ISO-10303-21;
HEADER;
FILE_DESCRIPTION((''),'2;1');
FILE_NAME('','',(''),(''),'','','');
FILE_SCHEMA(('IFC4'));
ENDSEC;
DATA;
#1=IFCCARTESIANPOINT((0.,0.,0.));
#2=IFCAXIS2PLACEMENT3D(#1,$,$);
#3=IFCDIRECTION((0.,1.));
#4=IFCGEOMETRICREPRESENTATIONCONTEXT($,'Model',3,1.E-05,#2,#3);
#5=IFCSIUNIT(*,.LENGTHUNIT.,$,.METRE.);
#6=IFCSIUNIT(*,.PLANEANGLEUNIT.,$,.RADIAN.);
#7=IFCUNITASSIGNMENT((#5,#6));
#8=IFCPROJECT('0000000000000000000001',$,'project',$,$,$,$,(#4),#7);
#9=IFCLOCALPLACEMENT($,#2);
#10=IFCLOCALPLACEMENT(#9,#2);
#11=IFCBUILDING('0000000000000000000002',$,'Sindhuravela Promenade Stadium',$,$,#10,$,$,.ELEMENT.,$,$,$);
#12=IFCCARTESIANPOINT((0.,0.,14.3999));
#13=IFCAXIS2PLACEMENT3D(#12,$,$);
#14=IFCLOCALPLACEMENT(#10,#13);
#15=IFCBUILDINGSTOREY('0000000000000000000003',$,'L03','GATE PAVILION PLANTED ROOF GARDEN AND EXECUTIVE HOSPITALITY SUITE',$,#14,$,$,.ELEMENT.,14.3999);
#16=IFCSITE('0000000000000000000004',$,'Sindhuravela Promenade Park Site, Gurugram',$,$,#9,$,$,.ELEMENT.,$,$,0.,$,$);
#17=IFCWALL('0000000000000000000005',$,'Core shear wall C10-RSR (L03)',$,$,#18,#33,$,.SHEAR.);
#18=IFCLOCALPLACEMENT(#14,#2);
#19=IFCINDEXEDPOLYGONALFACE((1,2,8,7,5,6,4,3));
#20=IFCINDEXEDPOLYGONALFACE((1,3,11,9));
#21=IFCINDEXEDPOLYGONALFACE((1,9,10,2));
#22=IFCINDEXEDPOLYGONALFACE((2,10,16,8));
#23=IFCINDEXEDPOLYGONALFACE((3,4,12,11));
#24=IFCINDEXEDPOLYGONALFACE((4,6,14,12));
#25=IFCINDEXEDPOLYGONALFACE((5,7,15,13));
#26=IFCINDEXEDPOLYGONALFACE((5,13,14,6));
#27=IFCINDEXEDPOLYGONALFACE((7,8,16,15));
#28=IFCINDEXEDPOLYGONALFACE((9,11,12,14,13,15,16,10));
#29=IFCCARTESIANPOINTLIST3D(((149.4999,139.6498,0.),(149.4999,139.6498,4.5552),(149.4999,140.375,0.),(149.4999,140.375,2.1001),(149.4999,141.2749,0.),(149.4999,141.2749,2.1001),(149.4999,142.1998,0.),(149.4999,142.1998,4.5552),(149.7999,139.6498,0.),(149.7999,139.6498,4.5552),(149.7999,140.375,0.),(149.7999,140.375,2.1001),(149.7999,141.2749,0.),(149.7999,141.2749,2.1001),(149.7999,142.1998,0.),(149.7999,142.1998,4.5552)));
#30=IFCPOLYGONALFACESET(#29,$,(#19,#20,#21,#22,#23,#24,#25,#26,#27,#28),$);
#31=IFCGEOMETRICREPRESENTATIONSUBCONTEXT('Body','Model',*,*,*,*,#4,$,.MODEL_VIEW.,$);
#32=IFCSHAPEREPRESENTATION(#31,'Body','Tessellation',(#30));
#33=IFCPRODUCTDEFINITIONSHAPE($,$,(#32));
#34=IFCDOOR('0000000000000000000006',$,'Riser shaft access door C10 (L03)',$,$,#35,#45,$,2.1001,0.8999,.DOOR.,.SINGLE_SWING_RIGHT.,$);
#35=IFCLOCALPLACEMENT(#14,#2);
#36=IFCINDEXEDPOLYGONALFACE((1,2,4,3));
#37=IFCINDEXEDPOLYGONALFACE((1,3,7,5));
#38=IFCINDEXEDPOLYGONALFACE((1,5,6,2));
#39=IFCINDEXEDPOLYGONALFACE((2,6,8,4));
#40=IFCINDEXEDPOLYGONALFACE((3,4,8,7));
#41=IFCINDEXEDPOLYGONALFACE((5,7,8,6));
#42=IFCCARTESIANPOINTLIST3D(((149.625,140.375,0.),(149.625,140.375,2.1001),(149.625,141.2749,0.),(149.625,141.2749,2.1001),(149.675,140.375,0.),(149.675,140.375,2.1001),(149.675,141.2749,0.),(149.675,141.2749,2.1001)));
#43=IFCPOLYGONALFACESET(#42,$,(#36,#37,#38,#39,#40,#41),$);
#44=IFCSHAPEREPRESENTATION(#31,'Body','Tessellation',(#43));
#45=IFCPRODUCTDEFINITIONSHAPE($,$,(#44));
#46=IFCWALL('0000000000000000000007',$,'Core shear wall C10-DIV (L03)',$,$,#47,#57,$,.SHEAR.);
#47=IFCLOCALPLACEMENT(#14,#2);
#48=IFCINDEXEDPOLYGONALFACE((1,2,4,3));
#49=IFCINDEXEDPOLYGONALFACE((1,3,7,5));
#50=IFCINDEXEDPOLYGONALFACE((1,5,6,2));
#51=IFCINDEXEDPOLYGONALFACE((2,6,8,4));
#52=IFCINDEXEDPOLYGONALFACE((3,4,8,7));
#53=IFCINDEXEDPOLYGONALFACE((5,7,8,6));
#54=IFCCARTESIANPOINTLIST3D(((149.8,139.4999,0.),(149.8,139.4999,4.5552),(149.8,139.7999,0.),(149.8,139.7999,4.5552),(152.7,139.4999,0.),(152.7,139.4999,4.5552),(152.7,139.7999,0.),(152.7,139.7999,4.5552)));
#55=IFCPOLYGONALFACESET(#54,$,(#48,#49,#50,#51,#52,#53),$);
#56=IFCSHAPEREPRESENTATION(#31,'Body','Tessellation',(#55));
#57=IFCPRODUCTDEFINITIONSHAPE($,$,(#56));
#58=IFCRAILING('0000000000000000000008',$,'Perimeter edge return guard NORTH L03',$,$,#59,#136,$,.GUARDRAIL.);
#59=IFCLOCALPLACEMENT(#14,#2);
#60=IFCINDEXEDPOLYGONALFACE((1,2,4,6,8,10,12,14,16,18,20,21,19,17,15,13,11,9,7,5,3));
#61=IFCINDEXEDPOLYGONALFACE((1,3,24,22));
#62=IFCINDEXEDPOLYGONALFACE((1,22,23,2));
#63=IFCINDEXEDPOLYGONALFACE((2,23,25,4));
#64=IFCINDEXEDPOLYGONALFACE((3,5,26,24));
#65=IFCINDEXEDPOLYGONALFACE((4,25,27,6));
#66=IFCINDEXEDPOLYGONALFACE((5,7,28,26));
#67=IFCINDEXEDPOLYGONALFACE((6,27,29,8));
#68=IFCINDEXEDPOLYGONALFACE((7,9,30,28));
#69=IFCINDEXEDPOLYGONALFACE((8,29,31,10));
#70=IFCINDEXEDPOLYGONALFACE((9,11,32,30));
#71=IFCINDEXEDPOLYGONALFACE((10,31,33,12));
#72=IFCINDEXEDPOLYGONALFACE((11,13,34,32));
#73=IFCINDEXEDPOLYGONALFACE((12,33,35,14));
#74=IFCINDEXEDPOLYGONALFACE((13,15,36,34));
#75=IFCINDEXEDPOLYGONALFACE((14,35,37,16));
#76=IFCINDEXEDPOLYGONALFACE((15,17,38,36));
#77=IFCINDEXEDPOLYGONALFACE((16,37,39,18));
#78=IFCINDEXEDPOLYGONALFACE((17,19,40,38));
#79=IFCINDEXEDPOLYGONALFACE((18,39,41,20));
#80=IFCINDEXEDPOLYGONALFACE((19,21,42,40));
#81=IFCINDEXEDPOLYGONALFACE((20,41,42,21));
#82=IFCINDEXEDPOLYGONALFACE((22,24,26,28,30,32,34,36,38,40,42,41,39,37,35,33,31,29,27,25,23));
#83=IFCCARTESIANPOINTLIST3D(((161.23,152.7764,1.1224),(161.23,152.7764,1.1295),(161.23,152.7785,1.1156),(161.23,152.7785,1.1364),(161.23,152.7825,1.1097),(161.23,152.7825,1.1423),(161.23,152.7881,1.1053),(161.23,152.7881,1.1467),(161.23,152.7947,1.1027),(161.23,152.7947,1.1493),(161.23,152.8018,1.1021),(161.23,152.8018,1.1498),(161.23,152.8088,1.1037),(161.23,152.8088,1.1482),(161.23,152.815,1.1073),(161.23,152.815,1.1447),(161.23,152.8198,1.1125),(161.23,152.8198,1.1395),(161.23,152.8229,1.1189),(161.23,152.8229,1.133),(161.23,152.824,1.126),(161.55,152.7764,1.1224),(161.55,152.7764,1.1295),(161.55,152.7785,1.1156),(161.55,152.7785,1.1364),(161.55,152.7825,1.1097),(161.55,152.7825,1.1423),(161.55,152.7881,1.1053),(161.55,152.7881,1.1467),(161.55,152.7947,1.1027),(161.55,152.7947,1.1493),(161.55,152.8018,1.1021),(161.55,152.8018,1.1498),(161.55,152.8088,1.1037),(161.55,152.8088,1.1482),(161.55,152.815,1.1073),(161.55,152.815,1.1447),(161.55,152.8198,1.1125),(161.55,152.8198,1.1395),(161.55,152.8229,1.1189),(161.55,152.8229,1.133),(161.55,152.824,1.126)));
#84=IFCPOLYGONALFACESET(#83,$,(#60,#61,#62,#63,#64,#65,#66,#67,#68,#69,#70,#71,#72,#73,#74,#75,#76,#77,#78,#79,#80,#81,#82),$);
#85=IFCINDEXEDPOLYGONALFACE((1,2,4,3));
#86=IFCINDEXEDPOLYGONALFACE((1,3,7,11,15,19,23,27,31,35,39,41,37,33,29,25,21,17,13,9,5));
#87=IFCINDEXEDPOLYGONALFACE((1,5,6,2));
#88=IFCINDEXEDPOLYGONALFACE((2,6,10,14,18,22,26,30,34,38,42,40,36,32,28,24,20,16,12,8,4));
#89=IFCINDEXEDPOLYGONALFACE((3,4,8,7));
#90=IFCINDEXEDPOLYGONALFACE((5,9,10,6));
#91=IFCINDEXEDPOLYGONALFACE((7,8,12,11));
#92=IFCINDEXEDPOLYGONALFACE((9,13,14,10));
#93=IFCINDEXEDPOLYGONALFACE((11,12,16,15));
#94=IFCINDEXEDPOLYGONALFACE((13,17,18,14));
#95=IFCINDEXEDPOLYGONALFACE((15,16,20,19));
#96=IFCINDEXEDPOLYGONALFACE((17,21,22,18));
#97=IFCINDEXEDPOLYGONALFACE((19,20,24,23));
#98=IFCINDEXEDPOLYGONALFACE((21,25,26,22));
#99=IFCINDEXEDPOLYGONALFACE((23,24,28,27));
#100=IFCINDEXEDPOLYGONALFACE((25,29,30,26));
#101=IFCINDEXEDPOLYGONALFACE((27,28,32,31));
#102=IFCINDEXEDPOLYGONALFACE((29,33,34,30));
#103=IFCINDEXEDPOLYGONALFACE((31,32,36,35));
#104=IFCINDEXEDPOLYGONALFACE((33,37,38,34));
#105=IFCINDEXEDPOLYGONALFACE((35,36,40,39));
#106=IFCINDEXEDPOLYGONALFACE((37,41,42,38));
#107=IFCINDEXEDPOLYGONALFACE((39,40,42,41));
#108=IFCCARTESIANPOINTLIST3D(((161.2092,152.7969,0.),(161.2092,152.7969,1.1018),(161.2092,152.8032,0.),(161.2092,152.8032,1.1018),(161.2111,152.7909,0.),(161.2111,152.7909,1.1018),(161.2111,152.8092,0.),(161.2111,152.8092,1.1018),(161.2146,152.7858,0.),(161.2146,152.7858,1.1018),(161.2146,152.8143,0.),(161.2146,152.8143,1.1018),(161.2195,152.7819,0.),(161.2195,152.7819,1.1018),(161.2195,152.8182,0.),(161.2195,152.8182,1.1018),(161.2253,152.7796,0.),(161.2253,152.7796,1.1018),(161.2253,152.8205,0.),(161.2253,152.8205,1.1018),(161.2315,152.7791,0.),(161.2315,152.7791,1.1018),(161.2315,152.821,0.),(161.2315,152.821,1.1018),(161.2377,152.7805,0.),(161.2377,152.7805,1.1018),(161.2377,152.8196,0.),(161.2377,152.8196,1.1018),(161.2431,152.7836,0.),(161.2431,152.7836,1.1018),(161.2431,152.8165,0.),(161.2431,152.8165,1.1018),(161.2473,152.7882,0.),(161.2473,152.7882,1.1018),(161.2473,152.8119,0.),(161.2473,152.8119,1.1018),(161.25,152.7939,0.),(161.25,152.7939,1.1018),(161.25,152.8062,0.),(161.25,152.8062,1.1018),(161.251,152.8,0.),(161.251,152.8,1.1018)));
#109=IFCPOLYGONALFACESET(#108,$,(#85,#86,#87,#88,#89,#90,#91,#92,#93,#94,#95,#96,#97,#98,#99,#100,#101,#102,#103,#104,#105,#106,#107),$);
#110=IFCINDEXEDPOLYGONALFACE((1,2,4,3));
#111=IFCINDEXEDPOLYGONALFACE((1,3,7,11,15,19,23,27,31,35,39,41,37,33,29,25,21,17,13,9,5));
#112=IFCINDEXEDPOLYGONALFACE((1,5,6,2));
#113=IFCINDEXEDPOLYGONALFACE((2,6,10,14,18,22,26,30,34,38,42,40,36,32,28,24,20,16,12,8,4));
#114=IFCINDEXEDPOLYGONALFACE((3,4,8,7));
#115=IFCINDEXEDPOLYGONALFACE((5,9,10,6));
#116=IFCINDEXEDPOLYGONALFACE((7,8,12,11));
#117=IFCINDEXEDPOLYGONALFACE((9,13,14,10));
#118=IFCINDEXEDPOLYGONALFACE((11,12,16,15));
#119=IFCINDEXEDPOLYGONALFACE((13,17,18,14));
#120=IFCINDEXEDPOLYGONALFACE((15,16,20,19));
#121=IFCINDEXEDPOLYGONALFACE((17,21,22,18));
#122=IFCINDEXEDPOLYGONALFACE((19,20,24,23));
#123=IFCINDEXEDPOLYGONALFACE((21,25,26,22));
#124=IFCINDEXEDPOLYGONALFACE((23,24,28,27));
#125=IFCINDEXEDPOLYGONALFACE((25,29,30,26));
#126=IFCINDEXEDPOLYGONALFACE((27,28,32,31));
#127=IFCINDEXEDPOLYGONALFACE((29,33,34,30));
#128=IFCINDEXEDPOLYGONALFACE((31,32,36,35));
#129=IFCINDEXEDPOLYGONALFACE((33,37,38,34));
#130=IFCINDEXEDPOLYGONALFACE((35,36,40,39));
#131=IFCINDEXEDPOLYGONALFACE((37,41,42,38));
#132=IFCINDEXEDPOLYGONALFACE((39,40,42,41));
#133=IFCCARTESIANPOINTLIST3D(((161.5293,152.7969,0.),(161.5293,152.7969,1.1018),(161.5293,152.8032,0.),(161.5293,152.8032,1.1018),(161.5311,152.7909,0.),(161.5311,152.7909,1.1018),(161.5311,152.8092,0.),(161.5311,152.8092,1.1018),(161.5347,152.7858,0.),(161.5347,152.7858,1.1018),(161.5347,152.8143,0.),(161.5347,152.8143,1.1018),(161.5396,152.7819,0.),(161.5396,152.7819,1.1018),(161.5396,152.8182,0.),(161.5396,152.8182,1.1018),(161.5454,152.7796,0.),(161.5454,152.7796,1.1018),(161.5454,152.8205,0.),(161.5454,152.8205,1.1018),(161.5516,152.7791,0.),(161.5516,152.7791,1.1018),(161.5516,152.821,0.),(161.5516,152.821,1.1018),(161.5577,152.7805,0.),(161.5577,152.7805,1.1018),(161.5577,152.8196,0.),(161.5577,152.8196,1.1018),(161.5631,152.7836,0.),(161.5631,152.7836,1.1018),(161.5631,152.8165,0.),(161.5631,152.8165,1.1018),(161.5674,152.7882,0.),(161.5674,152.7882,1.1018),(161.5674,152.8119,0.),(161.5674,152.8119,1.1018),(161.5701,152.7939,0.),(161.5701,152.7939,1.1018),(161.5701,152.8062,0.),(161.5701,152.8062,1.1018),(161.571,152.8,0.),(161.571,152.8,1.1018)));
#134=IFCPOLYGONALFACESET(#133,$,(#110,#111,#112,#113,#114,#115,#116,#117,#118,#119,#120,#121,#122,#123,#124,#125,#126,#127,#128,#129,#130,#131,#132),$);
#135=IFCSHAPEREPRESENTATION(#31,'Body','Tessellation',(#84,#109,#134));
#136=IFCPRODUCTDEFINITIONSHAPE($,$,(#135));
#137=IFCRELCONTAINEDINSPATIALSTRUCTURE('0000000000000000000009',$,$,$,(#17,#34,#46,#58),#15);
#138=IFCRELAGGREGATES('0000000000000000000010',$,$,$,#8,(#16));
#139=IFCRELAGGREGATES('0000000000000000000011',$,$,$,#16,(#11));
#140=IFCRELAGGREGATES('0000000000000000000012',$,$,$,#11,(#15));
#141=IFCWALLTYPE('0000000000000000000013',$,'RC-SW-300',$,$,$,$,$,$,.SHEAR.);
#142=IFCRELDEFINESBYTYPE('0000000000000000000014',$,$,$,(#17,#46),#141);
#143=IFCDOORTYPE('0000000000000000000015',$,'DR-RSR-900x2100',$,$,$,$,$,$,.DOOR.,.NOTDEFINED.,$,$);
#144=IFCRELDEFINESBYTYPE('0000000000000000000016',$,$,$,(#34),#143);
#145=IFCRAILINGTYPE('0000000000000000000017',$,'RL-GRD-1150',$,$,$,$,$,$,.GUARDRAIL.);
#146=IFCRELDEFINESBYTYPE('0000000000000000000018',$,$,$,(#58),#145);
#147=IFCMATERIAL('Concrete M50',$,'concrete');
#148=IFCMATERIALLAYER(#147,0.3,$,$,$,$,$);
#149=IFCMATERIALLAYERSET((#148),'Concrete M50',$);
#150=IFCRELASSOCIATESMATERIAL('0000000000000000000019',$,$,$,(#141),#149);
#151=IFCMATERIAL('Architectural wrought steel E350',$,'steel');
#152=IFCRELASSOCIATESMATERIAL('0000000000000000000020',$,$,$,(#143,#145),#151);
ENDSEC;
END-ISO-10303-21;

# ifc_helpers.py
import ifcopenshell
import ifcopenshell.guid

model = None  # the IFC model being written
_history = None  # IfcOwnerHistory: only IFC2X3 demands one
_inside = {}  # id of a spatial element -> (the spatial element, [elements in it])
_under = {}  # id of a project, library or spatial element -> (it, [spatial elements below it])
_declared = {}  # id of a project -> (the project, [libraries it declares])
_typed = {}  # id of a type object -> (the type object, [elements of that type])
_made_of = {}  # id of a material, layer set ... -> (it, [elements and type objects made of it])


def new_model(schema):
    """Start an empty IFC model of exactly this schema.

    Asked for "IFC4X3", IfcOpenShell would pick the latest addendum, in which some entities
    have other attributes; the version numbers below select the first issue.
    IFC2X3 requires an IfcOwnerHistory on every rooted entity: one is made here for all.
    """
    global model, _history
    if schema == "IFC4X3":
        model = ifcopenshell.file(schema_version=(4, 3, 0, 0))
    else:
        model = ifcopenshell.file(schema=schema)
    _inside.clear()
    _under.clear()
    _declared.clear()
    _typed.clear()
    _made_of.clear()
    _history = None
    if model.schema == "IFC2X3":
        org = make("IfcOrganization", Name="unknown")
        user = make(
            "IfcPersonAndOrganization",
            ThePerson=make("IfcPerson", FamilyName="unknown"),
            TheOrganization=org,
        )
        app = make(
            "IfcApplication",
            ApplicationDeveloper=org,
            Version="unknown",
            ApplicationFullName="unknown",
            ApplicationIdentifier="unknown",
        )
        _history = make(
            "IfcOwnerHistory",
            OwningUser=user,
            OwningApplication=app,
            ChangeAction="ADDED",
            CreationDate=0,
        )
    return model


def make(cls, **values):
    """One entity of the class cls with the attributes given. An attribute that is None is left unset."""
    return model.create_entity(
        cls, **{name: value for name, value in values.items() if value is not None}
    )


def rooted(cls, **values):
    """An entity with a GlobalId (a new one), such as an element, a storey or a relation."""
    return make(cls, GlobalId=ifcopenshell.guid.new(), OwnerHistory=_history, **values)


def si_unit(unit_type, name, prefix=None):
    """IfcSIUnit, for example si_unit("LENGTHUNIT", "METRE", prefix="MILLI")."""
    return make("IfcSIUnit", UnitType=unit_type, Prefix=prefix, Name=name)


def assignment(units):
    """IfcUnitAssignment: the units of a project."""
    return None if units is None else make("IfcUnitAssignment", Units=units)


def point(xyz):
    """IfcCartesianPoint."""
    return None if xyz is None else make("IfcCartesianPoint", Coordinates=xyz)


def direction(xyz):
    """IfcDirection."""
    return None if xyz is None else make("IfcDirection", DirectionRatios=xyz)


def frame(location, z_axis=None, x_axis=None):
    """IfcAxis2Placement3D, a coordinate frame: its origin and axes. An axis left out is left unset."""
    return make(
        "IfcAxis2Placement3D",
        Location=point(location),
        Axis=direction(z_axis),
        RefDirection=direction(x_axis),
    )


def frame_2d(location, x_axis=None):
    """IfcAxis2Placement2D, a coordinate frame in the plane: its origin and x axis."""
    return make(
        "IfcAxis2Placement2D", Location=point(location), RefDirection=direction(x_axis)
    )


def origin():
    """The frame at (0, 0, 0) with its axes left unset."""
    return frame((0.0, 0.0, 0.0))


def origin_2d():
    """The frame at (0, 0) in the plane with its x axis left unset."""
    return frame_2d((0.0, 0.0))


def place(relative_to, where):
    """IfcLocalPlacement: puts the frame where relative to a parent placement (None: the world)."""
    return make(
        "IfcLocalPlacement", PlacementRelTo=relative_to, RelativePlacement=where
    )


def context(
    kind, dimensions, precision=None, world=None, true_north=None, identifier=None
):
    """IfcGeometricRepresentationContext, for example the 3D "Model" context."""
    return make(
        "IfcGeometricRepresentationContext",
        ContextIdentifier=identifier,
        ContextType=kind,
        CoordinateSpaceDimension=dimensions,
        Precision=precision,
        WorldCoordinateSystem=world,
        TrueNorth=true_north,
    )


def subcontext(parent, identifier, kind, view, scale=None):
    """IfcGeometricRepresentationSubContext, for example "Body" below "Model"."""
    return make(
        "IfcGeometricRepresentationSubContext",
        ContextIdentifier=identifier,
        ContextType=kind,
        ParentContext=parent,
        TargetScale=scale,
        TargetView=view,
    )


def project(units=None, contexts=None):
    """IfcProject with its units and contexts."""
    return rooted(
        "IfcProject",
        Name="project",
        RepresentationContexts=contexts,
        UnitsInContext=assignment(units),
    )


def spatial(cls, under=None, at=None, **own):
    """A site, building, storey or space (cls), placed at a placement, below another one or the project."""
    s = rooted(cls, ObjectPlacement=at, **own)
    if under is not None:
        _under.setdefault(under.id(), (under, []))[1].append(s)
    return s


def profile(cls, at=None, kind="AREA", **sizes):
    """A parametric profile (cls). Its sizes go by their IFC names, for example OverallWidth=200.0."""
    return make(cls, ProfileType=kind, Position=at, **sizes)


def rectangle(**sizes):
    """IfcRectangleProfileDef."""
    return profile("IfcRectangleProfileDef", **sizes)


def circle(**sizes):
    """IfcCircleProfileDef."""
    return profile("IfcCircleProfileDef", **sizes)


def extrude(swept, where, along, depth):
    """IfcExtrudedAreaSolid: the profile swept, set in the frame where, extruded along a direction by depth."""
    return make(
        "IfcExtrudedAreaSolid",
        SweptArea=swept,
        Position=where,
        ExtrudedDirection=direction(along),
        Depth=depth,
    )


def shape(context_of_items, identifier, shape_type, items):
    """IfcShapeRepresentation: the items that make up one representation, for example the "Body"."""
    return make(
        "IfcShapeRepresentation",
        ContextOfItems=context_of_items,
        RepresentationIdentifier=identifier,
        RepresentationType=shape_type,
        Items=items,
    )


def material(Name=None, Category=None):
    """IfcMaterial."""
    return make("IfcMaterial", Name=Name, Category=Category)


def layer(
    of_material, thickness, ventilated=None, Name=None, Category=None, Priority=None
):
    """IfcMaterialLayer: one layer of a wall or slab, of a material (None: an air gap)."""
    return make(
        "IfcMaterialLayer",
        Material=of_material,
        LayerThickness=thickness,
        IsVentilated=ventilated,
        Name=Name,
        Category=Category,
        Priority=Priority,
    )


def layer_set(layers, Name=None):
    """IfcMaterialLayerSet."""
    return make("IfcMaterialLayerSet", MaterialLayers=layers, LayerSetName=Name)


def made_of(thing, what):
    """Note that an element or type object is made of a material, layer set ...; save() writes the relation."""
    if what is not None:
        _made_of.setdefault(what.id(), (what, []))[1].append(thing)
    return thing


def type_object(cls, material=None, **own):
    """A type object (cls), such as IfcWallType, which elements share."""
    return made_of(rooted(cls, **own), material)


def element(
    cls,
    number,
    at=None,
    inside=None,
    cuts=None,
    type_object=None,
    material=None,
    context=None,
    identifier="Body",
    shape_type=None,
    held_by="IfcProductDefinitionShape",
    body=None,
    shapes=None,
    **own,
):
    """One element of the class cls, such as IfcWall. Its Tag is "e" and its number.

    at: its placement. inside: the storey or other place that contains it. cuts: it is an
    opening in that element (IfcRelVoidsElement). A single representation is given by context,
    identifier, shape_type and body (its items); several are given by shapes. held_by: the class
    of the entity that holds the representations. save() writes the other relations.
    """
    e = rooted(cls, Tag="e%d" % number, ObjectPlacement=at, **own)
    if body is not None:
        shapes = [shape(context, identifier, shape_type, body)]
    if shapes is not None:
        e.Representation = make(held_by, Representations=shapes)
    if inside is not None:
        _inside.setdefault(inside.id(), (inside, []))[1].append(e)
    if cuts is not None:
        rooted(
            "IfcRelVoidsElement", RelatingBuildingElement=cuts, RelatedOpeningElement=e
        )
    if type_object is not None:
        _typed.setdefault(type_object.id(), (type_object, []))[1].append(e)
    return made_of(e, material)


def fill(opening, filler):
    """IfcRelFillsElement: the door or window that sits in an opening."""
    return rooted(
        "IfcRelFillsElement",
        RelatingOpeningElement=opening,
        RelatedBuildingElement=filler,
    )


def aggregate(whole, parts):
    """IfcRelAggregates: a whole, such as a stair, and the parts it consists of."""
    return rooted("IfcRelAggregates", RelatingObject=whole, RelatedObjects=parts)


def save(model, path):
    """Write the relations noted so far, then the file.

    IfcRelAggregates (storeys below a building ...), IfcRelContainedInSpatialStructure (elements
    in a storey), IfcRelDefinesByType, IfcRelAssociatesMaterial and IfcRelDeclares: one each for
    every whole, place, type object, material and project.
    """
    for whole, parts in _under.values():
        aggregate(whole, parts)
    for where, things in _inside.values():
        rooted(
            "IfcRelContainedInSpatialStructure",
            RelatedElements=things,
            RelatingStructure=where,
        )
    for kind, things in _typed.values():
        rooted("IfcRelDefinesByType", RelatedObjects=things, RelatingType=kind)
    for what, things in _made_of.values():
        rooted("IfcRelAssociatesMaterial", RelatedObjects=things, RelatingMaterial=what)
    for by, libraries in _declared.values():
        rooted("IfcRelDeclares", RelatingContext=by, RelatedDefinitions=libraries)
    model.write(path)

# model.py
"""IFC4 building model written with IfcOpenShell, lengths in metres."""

from ifc_helpers import new_model, si_unit, direction, frame, frame_2d, origin, origin_2d, place, context, subcontext, project, spatial, rectangle, circle, extrude, material, layer, layer_set, type_object, element, fill, save


model = new_model("IFC4")

# Units and contexts
model_context = context("Model", 3, precision=1e-05, world=origin(), true_north=direction((0.0, 1.0)))
body_context = subcontext(model_context, "Body", "Model", "MODEL_VIEW")
ifc_project = project(units=[si_unit("LENGTHUNIT", "METRE"), si_unit("PLANEANGLEUNIT", "RADIAN")], contexts=[model_context])

# Site, building, storey
site_placement = place(None, origin())
site = spatial("IfcSite", under=ifc_project, at=site_placement, Name="Sindhuravela Promenade Park Site, Gurugram", CompositionType="ELEMENT", RefElevation=0.0)
building_placement = place(site_placement, origin())
building = spatial("IfcBuilding", under=site, at=building_placement, Name="Sindhuravela Promenade Stadium", CompositionType="ELEMENT")
storey_placement = place(building_placement, frame((0.0, 0.0, 14.3999)))
storey = spatial("IfcBuildingStorey", under=building, at=storey_placement, Name="L03", Description="GATE PAVILION PLANTED ROOF GARDEN AND EXECUTIVE HOSPITALITY SUITE", CompositionType="ELEMENT", Elevation=14.3999)

# Shared definitions
ifc_material_1 = material(Name="Concrete M50", Category="concrete")
ifc_layer_1 = layer(ifc_material_1, 0.3)
ifc_layer_set_1 = layer_set([ifc_layer_1], Name="Concrete M50")
wall_type_1 = type_object("IfcWallType", Name="RC-SW-300", PredefinedType="SHEAR", material=ifc_layer_set_1)
ifc_material_2 = material(Name="Architectural wrought steel E350", Category="steel")

# Wall, opening, door
wall_1_placement = place(storey_placement, frame((149.6499, 139.6499, 0.0), z_axis=(0.0, 0.0, 1.0), x_axis=(0.0, 1.0, 0.0)))
wall_1 = element("IfcWall", 1, at=wall_1_placement, inside=storey, type_object=wall_type_1, Name="Core shear wall C10-RSR (L03)", PredefinedType="SHEAR", context=body_context, shape_type="SweptSolid", body=[
    extrude(rectangle(XDim=2.55, YDim=0.3, at=frame_2d((1.2749, 0.0))), origin(), (0.0, 0.0, 1.0), 4.5552),
])
opening_1_placement = place(wall_1_placement, frame((0.7251, 0.0, 0.0)))
opening_1 = element("IfcOpeningElement", 2, at=opening_1_placement, cuts=wall_1, PredefinedType="OPENING", context=body_context, shape_type="SweptSolid", body=[
    extrude(rectangle(XDim=0.8999, YDim=2.1001, at=frame_2d((0.45, 1.05))), frame((0.0, 0.1599, 0.0), z_axis=(0.0, -1.0, 0.0), x_axis=(1.0, 0.0, 0.0)), (0.0, 0.0, 1.0), 0.3201),
])
door_type_1 = type_object("IfcDoorType", Name="DR-RSR-900x2100", OperationType="NOTDEFINED", PredefinedType="DOOR", material=ifc_material_2)
door_1_placement = place(opening_1_placement, origin())
door_1 = element("IfcDoor", 3, at=door_1_placement, inside=storey, type_object=door_type_1, Name="Riser shaft access door C10 (L03)", OperationType="SINGLE_SWING_RIGHT", OverallHeight=2.1001, OverallWidth=0.8999, PredefinedType="DOOR", context=body_context, shape_type="SweptSolid", body=[
    extrude(rectangle(XDim=0.8999, YDim=2.1001, at=frame_2d((0.45, 1.05))), frame((0.0, 0.0249, 0.0), z_axis=(0.0, -1.0, 0.0), x_axis=(1.0, 0.0, 0.0)), (0.0, 0.0, 1.0), 0.05),
])
fill(opening_1, door_1)

# Wall
wall_2_placement = place(storey_placement, frame((149.8, 139.6499, 0.0), z_axis=(0.0, 0.0, 1.0), x_axis=(1.0, 0.0, 0.0)))
element("IfcWall", 4, at=wall_2_placement, inside=storey, type_object=wall_type_1, Name="Core shear wall C10-DIV (L03)", PredefinedType="SHEAR", context=body_context, shape_type="SweptSolid", body=[
    extrude(rectangle(XDim=2.8999, YDim=0.3, at=frame_2d((1.45, 0.0))), origin(), (0.0, 0.0, 1.0), 4.5552),
])

# Railing
railing_type = type_object("IfcRailingType", Name="RL-GRD-1150", PredefinedType="GUARDRAIL", material=ifc_material_2)
railing_placement = place(storey_placement, frame((161.23, 152.8, 0.0)))
element("IfcRailing", 5, at=railing_placement, inside=storey, type_object=railing_type, Name="Perimeter edge return guard NORTH L03", PredefinedType="GUARDRAIL", context=body_context, shape_type="SweptSolid", body=[
    extrude(circle(Radius=0.0239, at=origin_2d()), frame((0.0, 0.0, 1.126), z_axis=(1.0, 0.0, 0.0), x_axis=(0.0, 1.0, 0.0)), (0.0, 0.0, 1.0), 0.3201),
    extrude(circle(Radius=0.021, at=origin_2d()), origin(), (0.0, 0.0, 1.0), 1.1018),
    extrude(circle(Radius=0.021, at=origin_2d()), frame((0.3201, 0.0, 0.0)), (0.0, 0.0, 1.0), 1.1018),
])

save(model, "model.ifc")
